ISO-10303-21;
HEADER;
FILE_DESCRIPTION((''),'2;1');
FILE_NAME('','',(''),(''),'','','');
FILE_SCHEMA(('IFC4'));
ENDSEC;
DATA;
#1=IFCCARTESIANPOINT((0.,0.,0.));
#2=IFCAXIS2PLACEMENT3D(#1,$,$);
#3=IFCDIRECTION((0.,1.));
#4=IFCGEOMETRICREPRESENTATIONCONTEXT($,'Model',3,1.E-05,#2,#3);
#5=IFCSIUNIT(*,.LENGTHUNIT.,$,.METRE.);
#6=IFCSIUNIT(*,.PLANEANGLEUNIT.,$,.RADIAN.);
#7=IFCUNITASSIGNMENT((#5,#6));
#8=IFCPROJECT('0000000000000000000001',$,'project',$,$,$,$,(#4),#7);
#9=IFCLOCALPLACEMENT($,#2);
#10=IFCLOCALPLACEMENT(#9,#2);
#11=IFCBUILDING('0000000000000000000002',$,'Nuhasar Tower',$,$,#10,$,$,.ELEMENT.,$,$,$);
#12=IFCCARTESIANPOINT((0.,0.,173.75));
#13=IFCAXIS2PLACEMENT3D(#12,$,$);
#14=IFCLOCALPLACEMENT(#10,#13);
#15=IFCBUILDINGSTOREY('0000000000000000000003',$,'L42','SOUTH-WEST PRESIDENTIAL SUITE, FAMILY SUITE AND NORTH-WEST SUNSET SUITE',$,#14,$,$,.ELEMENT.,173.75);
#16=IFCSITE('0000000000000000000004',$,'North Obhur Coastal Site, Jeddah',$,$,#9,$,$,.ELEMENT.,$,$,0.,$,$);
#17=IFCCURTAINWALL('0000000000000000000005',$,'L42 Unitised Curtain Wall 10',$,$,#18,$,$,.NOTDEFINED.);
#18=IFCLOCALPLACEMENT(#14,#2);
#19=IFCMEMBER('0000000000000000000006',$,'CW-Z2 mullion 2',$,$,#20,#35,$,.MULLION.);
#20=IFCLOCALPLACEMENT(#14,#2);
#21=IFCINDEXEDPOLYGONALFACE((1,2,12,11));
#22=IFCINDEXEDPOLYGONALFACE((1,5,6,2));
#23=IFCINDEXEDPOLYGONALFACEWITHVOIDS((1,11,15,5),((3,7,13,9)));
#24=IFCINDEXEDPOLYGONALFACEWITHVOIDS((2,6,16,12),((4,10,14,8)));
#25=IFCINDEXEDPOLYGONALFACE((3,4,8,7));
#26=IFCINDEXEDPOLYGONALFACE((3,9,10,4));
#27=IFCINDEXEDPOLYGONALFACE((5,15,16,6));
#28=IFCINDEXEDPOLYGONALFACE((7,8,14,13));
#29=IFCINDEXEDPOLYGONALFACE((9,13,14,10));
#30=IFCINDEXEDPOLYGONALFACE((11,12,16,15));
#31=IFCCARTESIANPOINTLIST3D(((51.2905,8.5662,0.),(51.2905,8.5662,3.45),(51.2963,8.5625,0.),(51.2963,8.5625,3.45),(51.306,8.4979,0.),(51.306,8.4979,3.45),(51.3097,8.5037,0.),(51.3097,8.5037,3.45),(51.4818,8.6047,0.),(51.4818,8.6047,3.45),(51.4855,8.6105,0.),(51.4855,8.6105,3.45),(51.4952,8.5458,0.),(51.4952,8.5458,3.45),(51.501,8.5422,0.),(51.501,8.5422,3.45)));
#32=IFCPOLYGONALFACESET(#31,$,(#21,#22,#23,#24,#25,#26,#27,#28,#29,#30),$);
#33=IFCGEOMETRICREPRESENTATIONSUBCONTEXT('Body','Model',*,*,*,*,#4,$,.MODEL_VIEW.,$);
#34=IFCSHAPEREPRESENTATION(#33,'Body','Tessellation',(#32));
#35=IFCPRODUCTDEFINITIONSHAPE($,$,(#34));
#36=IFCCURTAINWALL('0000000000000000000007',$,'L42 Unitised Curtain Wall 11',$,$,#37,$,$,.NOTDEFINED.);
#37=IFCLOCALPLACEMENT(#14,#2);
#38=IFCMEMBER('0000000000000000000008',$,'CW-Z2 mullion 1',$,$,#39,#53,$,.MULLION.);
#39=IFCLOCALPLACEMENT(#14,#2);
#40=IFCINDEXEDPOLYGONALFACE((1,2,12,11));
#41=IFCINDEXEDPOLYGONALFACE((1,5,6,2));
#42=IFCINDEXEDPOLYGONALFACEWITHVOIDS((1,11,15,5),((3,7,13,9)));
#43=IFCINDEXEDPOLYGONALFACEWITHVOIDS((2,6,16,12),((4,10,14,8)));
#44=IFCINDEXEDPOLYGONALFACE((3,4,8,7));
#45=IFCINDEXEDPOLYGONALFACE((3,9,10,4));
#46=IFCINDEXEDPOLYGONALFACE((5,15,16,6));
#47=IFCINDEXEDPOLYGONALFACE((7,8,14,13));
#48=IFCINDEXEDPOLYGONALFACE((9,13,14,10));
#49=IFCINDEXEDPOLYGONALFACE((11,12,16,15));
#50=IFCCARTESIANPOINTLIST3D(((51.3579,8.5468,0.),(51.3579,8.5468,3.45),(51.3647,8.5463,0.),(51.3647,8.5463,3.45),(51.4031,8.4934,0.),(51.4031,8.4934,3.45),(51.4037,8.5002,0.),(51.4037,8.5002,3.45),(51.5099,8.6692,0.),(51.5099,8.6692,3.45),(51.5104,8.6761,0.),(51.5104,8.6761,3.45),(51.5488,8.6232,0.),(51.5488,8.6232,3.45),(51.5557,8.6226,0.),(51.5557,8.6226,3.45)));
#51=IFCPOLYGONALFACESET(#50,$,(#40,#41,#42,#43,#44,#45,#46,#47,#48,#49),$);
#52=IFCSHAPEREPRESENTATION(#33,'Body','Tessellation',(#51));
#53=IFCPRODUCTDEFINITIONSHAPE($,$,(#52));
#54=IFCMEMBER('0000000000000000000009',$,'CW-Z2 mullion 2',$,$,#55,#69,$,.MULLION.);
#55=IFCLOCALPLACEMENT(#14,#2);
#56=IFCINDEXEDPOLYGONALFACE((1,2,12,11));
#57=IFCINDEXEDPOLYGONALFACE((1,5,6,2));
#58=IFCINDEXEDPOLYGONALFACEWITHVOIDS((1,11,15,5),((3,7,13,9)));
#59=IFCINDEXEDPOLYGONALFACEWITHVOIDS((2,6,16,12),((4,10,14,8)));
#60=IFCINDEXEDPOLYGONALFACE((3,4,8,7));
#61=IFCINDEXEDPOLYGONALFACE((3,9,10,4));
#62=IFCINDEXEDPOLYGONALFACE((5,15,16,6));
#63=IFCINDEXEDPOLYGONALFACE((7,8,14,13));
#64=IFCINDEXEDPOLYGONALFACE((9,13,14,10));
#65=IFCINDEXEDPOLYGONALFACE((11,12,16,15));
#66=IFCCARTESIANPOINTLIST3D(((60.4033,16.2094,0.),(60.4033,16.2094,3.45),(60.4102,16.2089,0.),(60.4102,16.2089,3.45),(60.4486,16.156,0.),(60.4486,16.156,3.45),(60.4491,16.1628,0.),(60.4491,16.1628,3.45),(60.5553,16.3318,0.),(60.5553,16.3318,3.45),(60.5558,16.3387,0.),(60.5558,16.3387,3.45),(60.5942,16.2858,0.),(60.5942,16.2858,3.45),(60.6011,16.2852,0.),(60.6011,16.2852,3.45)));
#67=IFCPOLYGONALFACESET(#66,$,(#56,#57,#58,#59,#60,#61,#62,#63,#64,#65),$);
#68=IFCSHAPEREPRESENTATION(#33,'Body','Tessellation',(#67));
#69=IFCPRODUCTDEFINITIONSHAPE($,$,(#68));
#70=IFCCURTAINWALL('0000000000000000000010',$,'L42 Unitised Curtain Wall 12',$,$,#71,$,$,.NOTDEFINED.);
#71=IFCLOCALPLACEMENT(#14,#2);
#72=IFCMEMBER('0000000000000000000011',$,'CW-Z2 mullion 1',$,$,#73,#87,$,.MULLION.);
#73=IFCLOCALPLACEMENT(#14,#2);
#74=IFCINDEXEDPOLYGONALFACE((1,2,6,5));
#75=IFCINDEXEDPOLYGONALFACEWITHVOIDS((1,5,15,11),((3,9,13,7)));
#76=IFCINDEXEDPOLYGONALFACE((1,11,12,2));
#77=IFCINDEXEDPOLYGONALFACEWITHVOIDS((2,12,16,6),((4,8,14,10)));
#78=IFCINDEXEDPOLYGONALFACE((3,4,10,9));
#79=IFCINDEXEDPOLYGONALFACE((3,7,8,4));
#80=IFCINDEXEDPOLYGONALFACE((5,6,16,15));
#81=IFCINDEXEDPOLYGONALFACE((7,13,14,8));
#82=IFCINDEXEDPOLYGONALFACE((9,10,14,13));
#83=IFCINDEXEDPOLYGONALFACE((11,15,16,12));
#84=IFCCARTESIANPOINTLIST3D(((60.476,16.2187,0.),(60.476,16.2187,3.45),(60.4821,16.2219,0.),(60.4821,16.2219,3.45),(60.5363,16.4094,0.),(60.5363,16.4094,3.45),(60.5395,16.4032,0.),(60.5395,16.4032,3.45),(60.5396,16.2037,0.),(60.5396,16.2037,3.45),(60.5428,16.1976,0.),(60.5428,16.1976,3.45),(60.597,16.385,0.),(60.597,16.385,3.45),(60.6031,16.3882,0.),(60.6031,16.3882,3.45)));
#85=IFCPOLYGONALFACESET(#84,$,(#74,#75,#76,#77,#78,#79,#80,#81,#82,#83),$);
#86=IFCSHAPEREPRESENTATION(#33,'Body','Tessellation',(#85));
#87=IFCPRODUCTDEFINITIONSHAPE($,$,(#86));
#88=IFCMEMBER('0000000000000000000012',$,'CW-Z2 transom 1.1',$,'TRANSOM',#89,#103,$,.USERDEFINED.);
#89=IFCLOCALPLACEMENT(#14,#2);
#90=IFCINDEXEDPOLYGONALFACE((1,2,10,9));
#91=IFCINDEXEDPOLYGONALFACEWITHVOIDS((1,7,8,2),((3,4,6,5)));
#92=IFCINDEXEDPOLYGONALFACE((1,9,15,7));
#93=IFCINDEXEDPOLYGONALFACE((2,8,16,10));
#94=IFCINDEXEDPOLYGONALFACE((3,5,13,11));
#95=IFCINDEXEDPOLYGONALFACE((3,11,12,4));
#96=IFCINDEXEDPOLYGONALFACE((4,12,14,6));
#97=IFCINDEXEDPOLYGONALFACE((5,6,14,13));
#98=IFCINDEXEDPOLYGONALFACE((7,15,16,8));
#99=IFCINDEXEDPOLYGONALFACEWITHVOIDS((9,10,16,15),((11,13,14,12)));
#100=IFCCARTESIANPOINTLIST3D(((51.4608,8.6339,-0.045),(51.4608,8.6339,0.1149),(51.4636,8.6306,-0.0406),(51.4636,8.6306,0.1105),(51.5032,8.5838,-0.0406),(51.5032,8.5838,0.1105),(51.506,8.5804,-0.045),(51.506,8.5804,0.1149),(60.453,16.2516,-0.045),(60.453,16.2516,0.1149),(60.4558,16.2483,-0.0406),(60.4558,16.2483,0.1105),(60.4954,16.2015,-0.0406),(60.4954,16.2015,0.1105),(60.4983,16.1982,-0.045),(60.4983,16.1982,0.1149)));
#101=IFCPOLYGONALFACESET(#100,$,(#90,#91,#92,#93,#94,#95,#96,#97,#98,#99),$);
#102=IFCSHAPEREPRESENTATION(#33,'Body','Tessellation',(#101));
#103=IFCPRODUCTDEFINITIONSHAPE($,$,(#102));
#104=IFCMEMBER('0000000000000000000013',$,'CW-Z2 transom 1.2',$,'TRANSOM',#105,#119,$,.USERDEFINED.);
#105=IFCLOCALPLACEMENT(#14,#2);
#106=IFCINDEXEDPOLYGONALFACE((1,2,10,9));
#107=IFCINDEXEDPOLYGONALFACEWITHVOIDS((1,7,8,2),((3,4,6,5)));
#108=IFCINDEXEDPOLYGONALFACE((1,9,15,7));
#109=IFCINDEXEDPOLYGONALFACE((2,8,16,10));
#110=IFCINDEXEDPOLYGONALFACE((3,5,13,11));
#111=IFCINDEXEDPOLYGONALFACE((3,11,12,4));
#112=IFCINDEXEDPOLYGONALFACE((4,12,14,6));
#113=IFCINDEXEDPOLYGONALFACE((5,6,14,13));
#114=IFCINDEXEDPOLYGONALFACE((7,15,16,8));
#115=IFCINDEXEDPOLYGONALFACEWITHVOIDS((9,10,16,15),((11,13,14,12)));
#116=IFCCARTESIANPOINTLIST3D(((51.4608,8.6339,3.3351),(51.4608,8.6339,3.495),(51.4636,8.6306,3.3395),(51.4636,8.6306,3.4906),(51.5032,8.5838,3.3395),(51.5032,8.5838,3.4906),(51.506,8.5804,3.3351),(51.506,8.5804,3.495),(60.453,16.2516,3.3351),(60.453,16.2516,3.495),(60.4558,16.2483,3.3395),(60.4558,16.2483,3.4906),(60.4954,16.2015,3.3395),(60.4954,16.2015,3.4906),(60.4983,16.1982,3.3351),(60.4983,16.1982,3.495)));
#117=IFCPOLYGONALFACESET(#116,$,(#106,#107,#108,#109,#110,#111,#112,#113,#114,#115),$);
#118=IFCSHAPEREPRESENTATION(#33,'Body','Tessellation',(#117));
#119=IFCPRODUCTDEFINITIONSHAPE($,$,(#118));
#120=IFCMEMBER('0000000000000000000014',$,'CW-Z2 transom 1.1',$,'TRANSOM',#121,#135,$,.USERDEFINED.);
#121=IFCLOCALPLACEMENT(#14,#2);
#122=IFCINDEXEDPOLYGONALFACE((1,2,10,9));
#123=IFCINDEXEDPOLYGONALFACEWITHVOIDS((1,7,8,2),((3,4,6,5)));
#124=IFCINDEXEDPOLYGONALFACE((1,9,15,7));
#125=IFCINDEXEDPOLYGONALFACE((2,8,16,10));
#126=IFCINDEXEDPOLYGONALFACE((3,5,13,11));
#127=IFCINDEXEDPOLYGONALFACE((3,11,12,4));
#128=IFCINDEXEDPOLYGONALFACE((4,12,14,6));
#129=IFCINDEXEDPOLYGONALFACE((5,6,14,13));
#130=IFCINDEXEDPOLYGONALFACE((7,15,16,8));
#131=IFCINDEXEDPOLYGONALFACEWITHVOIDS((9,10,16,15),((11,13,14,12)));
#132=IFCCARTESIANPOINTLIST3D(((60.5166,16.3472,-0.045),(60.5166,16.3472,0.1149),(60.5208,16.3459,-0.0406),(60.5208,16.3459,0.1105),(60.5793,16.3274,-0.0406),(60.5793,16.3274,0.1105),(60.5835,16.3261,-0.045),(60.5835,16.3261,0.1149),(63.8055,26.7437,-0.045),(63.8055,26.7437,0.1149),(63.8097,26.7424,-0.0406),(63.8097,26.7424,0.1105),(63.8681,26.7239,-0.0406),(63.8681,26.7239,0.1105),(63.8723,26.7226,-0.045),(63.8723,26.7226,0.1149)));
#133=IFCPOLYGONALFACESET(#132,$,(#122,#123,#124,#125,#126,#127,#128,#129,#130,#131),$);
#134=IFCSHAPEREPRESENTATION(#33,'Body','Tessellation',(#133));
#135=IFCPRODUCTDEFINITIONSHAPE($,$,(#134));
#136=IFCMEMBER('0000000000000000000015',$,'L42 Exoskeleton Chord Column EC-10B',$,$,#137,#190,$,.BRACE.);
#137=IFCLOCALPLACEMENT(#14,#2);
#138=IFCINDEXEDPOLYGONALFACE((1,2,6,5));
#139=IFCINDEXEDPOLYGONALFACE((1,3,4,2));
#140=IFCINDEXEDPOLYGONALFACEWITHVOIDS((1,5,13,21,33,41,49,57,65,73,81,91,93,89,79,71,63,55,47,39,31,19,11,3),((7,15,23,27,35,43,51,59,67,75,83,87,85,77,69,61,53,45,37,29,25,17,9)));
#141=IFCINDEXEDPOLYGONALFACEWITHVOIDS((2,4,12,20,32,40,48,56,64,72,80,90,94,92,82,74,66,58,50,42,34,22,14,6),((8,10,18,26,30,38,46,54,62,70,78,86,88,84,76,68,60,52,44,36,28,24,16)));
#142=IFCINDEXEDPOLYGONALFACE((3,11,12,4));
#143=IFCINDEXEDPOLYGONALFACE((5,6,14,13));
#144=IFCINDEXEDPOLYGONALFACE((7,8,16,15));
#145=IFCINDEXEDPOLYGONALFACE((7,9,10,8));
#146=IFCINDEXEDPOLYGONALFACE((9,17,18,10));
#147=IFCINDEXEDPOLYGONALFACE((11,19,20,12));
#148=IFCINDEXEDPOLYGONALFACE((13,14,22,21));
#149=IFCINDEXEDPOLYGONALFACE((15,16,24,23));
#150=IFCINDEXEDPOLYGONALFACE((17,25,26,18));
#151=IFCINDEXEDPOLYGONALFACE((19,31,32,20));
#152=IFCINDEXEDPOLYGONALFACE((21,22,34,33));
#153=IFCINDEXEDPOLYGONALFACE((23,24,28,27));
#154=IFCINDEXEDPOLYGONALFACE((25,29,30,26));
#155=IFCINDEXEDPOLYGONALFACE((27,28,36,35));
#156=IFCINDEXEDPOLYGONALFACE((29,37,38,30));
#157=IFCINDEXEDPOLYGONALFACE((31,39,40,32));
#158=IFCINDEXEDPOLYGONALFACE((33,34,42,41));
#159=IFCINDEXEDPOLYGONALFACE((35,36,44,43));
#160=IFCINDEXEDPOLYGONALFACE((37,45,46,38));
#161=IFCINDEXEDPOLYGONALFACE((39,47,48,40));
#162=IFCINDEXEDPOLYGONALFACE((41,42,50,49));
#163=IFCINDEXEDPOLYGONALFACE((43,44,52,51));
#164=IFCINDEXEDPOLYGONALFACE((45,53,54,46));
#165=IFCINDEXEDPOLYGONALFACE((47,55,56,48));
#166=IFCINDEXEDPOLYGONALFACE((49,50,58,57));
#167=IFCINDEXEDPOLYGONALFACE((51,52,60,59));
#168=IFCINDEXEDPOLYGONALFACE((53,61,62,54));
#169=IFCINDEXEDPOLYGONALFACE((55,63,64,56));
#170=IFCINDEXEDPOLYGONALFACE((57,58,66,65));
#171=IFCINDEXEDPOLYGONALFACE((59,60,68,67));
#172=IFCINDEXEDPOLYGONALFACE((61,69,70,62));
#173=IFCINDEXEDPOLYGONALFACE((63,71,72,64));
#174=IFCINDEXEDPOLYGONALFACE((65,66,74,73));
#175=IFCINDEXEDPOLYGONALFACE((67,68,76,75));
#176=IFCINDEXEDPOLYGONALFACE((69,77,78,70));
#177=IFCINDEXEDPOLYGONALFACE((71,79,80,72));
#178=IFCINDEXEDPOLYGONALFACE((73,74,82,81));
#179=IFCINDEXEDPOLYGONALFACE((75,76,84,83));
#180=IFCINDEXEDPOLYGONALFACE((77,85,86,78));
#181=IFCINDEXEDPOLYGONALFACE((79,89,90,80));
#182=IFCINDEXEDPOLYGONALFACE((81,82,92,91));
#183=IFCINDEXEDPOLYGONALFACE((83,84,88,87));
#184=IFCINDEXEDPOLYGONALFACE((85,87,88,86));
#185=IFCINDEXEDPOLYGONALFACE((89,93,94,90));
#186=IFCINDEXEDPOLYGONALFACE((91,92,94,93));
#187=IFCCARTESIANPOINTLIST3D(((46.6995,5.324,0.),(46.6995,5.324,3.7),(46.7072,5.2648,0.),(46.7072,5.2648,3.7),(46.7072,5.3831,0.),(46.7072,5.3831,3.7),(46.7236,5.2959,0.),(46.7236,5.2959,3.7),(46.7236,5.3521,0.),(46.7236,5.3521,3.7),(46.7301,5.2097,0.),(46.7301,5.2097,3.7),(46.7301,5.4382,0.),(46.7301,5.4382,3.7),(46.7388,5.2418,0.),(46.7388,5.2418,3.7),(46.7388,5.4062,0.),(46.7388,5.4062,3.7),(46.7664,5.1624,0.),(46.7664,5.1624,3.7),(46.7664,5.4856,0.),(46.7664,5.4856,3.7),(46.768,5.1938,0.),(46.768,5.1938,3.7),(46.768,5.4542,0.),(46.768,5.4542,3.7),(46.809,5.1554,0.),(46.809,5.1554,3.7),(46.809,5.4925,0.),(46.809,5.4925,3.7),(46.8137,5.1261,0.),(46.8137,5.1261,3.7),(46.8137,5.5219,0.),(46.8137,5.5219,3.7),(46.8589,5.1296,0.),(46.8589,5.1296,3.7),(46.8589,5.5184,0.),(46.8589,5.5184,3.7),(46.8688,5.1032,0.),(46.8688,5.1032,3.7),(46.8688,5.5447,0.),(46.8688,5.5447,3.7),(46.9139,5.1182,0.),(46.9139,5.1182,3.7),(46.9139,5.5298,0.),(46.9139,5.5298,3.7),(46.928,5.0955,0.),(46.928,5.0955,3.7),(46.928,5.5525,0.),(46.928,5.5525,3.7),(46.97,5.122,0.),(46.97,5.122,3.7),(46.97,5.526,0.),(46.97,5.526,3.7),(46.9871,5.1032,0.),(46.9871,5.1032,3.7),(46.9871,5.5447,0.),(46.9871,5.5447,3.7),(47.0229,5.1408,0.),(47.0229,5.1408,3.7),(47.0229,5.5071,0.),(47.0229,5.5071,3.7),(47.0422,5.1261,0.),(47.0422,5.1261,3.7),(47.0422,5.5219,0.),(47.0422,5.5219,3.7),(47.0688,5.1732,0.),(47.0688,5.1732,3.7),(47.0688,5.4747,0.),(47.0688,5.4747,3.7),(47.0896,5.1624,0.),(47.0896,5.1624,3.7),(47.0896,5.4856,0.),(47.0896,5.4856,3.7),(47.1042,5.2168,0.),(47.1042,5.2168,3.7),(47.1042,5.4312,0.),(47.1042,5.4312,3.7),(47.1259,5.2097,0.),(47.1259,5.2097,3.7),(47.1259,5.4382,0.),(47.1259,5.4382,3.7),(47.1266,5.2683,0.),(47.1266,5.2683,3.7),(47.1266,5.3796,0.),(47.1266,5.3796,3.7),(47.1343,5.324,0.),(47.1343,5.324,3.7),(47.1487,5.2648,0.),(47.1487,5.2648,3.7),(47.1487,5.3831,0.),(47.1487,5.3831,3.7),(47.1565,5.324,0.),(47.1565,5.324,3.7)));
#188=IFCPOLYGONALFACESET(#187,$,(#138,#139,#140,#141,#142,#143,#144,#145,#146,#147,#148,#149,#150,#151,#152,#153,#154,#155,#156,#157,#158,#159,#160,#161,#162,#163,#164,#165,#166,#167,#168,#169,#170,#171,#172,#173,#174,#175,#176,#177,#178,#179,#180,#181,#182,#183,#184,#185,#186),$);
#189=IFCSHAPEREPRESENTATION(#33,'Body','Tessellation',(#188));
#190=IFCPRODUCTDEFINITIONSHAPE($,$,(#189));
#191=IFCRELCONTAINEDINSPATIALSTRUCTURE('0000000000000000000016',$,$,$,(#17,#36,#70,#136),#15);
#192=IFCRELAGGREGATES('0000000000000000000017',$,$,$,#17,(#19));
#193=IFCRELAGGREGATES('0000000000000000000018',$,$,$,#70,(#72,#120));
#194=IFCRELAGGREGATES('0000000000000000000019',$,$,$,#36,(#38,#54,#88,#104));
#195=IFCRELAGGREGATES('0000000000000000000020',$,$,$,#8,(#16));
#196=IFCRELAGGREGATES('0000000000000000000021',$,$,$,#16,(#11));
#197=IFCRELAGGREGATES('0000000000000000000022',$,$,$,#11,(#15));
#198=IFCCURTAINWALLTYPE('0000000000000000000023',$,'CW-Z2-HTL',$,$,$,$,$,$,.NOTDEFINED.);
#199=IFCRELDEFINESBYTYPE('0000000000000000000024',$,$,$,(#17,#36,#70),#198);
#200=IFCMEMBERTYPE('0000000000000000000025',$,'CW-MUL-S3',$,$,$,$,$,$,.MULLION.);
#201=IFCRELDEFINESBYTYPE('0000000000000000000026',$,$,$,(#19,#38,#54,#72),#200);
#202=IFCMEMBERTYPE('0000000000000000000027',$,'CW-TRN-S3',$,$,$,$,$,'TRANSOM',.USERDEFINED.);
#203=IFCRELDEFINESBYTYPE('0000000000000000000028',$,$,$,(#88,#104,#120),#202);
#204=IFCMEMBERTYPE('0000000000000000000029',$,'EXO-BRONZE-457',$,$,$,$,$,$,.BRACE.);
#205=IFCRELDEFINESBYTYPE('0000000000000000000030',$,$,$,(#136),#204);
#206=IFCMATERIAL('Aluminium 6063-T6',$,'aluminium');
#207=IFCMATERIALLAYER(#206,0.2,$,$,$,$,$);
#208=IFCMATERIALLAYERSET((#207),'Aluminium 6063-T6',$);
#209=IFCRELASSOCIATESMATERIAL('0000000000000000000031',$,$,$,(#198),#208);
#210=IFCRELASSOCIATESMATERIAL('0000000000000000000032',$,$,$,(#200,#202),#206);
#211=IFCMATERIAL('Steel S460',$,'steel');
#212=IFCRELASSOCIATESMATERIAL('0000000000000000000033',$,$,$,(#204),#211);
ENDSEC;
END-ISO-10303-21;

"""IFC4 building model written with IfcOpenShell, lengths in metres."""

from ifc_helpers import new_model, si_unit, direction, frame, origin, origin_2d, place, context, subcontext, project, spatial, hollow_rectangle, hollow_circle, extrude, material, layer, layer_set, material_profile, profile_set, type_object, element, aggregate, save


model = new_model("IFC4")

# Units and contexts
model_context = context("Model", 3, precision=1e-05, world=origin(), true_north=direction((0.0, 1.0)))
body_context = subcontext(model_context, "Body", "Model", "MODEL_VIEW")
ifc_project = project(units=[si_unit("LENGTHUNIT", "METRE"), si_unit("PLANEANGLEUNIT", "RADIAN")], contexts=[model_context])

# Site, building, storey
site_placement = place(None, origin())
site = spatial("IfcSite", under=ifc_project, at=site_placement, Name="North Obhur Coastal Site, Jeddah", CompositionType="ELEMENT", RefElevation=0.0)
building_placement = place(site_placement, origin())
building = spatial("IfcBuilding", under=site, at=building_placement, Name="Nuhasar Tower", CompositionType="ELEMENT")
storey_placement = place(building_placement, frame((0.0, 0.0, 173.75)))
storey = spatial("IfcBuildingStorey", under=building, at=storey_placement, Name="L42", Description="SOUTH-WEST PRESIDENTIAL SUITE, FAMILY SUITE AND NORTH-WEST SUNSET SUITE", CompositionType="ELEMENT", Elevation=173.75)

# Curtain wall, member
ifc_material_1 = material(Name="Aluminium 6063-T6", Category="aluminium")
ifc_layer_1 = layer(ifc_material_1, 0.2)
ifc_layer_set_1 = layer_set([ifc_layer_1], Name="Aluminium 6063-T6")
curtain_wall_type = type_object("IfcCurtainWallType", Name="CW-Z2-HTL", PredefinedType="NOTDEFINED", material=ifc_layer_set_1)
curtain_wall_1_placement = place(storey_placement, origin())
curtain_wall_1 = element("IfcCurtainWall", 1, at=curtain_wall_1_placement, inside=storey, type_object=curtain_wall_type, Name="L42 Unitised Curtain Wall 10", PredefinedType="NOTDEFINED")
ifc_material_profile_1 = material_profile(ifc_material_1, hollow_rectangle(XDim=0.0701, YDim=0.2, WallThickness=0.0049, at=origin_2d()), Name="CWM-3")
ifc_profile_set_1 = profile_set([ifc_material_profile_1], Name="Aluminium 6063-T6")
member_type_1 = type_object("IfcMemberType", Name="CW-MUL-S3", PredefinedType="MULLION", material=ifc_profile_set_1)
member_1_placement = place(storey_placement, frame((51.3958, 8.5542, 0.0), z_axis=(0.0, 0.0, 1.0), x_axis=(-0.221397, 0.975184, 0.0)))
member_1 = element("IfcMember", 2, at=member_1_placement, type_object=member_type_1, Name="CW-Z2 mullion 2", PredefinedType="MULLION", context=body_context, shape_type="SweptSolid", body=[
    extrude(hollow_rectangle(XDim=0.0701, YDim=0.2, WallThickness=0.0049, at=origin_2d()), origin(), (0.0, 0.0, 1.0), 3.45),
])
aggregate(curtain_wall_1, [member_1])

# Curtain wall, members
curtain_wall_2_placement = place(storey_placement, origin())
curtain_wall_2 = element("IfcCurtainWall", 3, at=curtain_wall_2_placement, inside=storey, type_object=curtain_wall_type, Name="L42 Unitised Curtain Wall 11", PredefinedType="NOTDEFINED")
member_2_placement = place(storey_placement, frame((51.4568, 8.5847, 0.0), z_axis=(0.0, 0.0, 1.0), x_axis=(-0.646374, 0.76302, 0.0)))
member_2 = element("IfcMember", 4, at=member_2_placement, type_object=member_type_1, Name="CW-Z2 mullion 1", PredefinedType="MULLION", context=body_context, shape_type="SweptSolid", body=[
    extrude(hollow_rectangle(XDim=0.0701, YDim=0.2, WallThickness=0.0049, at=origin_2d()), origin(), (0.0, 0.0, 1.0), 3.45),
])
member_3_placement = place(storey_placement, frame((60.5022, 16.2473, 0.0), z_axis=(0.0, 0.0, 1.0), x_axis=(-0.646374, 0.76302, 0.0)))
member_3 = element("IfcMember", 5, at=member_3_placement, type_object=member_type_1, Name="CW-Z2 mullion 2", PredefinedType="MULLION", context=body_context, shape_type="SweptSolid", body=[
    extrude(hollow_rectangle(XDim=0.0701, YDim=0.2, WallThickness=0.0049, at=origin_2d()), origin(), (0.0, 0.0, 1.0), 3.45),
])

# Curtain wall, member
curtain_wall_3_placement = place(storey_placement, origin())
curtain_wall_3 = element("IfcCurtainWall", 6, at=curtain_wall_3_placement, inside=storey, type_object=curtain_wall_type, Name="L42 Unitised Curtain Wall 12", PredefinedType="NOTDEFINED")
member_4_placement = place(storey_placement, frame((60.5396, 16.3035, 0.0), z_axis=(0.0, 0.0, 1.0), x_axis=(-0.953433, 0.301604, 0.0)))
member_4 = element("IfcMember", 7, at=member_4_placement, type_object=member_type_1, Name="CW-Z2 mullion 1", PredefinedType="MULLION", context=body_context, shape_type="SweptSolid", body=[
    extrude(hollow_rectangle(XDim=0.0701, YDim=0.2, WallThickness=0.0049, at=origin_2d()), origin(), (0.0, 0.0, 1.0), 3.45),
])

# Members
ifc_material_profile_2 = material_profile(ifc_material_1, hollow_rectangle(XDim=0.0701, YDim=0.1599, WallThickness=0.0044, at=origin_2d()), Name="CWT-3")
ifc_profile_set_2 = profile_set([ifc_material_profile_2], Name="Aluminium 6063-T6")
member_type_2 = type_object("IfcMemberType", Name="CW-TRN-S3", ElementType="TRANSOM", PredefinedType="USERDEFINED", material=ifc_profile_set_2)
member_5_placement = place(storey_placement, frame((51.4834, 8.6072, 0.0349), z_axis=(0.763014, 0.646382, 0.0), x_axis=(-0.646382, 0.763014, 0.0)))
member_5 = element("IfcMember", 8, at=member_5_placement, type_object=member_type_2, Name="CW-Z2 transom 1.1", ObjectType="TRANSOM", PredefinedType="USERDEFINED", context=body_context, shape_type="SweptSolid", body=[
    extrude(hollow_rectangle(XDim=0.0701, YDim=0.1599, WallThickness=0.0044, at=origin_2d()), origin(), (0.0, 0.0, 1.0), 11.7852),
])
member_6_placement = place(storey_placement, frame((51.4834, 8.6072, 3.415), z_axis=(0.763014, 0.646382, 0.0), x_axis=(-0.646382, 0.763014, 0.0)))
member_6 = element("IfcMember", 9, at=member_6_placement, type_object=member_type_2, Name="CW-Z2 transom 1.2", ObjectType="TRANSOM", PredefinedType="USERDEFINED", context=body_context, shape_type="SweptSolid", body=[
    extrude(hollow_rectangle(XDim=0.0701, YDim=0.1599, WallThickness=0.0044, at=origin_2d()), origin(), (0.0, 0.0, 1.0), 11.7852),
])
member_7_placement = place(storey_placement, frame((60.55, 16.3367, 0.0349), z_axis=(0.301608, 0.953432, 0.0), x_axis=(-0.953432, 0.301608, 0.0)))
member_7 = element("IfcMember", 10, at=member_7_placement, type_object=member_type_2, Name="CW-Z2 transom 1.1", ObjectType="TRANSOM", PredefinedType="USERDEFINED", context=body_context, shape_type="SweptSolid", body=[
    extrude(hollow_rectangle(XDim=0.0701, YDim=0.1599, WallThickness=0.0044, at=origin_2d()), origin(), (0.0, 0.0, 1.0), 10.9043),
])
aggregate(curtain_wall_3, [member_4, member_7])

# Member
ifc_material_2 = material(Name="Steel S460", Category="steel")
ifc_material_profile_3 = material_profile(ifc_material_2, hollow_circle(Radius=0.2285, WallThickness=0.0222, at=origin_2d()), Name="HSS457X22.2")
ifc_profile_set_3 = profile_set([ifc_material_profile_3], Name="Steel S460")
member_type_3 = type_object("IfcMemberType", Name="EXO-BRONZE-457", PredefinedType="BRACE", material=ifc_profile_set_3)
for number, where, z_axis, x_axis, name in (
    (11, (46.928, 5.324, 0.0), (0.0, 0.0, 1.0), (1.0, 0.0, 0.0), "L42 Exoskeleton Chord Column EC-10B"),
):
    element("IfcMember", number, at=place(storey_placement, frame(where, z_axis=z_axis, x_axis=x_axis)), inside=storey, type_object=member_type_3, Name=name, PredefinedType="BRACE", context=body_context, shape_type="SweptSolid", body=[
        extrude(hollow_circle(Radius=0.2285, WallThickness=0.0222, at=origin_2d()), origin(), (0.0, 0.0, 1.0), 3.7),
    ])

aggregate(curtain_wall_2, [member_2, member_3, member_5, member_6])

save(model, "model.ifc")
